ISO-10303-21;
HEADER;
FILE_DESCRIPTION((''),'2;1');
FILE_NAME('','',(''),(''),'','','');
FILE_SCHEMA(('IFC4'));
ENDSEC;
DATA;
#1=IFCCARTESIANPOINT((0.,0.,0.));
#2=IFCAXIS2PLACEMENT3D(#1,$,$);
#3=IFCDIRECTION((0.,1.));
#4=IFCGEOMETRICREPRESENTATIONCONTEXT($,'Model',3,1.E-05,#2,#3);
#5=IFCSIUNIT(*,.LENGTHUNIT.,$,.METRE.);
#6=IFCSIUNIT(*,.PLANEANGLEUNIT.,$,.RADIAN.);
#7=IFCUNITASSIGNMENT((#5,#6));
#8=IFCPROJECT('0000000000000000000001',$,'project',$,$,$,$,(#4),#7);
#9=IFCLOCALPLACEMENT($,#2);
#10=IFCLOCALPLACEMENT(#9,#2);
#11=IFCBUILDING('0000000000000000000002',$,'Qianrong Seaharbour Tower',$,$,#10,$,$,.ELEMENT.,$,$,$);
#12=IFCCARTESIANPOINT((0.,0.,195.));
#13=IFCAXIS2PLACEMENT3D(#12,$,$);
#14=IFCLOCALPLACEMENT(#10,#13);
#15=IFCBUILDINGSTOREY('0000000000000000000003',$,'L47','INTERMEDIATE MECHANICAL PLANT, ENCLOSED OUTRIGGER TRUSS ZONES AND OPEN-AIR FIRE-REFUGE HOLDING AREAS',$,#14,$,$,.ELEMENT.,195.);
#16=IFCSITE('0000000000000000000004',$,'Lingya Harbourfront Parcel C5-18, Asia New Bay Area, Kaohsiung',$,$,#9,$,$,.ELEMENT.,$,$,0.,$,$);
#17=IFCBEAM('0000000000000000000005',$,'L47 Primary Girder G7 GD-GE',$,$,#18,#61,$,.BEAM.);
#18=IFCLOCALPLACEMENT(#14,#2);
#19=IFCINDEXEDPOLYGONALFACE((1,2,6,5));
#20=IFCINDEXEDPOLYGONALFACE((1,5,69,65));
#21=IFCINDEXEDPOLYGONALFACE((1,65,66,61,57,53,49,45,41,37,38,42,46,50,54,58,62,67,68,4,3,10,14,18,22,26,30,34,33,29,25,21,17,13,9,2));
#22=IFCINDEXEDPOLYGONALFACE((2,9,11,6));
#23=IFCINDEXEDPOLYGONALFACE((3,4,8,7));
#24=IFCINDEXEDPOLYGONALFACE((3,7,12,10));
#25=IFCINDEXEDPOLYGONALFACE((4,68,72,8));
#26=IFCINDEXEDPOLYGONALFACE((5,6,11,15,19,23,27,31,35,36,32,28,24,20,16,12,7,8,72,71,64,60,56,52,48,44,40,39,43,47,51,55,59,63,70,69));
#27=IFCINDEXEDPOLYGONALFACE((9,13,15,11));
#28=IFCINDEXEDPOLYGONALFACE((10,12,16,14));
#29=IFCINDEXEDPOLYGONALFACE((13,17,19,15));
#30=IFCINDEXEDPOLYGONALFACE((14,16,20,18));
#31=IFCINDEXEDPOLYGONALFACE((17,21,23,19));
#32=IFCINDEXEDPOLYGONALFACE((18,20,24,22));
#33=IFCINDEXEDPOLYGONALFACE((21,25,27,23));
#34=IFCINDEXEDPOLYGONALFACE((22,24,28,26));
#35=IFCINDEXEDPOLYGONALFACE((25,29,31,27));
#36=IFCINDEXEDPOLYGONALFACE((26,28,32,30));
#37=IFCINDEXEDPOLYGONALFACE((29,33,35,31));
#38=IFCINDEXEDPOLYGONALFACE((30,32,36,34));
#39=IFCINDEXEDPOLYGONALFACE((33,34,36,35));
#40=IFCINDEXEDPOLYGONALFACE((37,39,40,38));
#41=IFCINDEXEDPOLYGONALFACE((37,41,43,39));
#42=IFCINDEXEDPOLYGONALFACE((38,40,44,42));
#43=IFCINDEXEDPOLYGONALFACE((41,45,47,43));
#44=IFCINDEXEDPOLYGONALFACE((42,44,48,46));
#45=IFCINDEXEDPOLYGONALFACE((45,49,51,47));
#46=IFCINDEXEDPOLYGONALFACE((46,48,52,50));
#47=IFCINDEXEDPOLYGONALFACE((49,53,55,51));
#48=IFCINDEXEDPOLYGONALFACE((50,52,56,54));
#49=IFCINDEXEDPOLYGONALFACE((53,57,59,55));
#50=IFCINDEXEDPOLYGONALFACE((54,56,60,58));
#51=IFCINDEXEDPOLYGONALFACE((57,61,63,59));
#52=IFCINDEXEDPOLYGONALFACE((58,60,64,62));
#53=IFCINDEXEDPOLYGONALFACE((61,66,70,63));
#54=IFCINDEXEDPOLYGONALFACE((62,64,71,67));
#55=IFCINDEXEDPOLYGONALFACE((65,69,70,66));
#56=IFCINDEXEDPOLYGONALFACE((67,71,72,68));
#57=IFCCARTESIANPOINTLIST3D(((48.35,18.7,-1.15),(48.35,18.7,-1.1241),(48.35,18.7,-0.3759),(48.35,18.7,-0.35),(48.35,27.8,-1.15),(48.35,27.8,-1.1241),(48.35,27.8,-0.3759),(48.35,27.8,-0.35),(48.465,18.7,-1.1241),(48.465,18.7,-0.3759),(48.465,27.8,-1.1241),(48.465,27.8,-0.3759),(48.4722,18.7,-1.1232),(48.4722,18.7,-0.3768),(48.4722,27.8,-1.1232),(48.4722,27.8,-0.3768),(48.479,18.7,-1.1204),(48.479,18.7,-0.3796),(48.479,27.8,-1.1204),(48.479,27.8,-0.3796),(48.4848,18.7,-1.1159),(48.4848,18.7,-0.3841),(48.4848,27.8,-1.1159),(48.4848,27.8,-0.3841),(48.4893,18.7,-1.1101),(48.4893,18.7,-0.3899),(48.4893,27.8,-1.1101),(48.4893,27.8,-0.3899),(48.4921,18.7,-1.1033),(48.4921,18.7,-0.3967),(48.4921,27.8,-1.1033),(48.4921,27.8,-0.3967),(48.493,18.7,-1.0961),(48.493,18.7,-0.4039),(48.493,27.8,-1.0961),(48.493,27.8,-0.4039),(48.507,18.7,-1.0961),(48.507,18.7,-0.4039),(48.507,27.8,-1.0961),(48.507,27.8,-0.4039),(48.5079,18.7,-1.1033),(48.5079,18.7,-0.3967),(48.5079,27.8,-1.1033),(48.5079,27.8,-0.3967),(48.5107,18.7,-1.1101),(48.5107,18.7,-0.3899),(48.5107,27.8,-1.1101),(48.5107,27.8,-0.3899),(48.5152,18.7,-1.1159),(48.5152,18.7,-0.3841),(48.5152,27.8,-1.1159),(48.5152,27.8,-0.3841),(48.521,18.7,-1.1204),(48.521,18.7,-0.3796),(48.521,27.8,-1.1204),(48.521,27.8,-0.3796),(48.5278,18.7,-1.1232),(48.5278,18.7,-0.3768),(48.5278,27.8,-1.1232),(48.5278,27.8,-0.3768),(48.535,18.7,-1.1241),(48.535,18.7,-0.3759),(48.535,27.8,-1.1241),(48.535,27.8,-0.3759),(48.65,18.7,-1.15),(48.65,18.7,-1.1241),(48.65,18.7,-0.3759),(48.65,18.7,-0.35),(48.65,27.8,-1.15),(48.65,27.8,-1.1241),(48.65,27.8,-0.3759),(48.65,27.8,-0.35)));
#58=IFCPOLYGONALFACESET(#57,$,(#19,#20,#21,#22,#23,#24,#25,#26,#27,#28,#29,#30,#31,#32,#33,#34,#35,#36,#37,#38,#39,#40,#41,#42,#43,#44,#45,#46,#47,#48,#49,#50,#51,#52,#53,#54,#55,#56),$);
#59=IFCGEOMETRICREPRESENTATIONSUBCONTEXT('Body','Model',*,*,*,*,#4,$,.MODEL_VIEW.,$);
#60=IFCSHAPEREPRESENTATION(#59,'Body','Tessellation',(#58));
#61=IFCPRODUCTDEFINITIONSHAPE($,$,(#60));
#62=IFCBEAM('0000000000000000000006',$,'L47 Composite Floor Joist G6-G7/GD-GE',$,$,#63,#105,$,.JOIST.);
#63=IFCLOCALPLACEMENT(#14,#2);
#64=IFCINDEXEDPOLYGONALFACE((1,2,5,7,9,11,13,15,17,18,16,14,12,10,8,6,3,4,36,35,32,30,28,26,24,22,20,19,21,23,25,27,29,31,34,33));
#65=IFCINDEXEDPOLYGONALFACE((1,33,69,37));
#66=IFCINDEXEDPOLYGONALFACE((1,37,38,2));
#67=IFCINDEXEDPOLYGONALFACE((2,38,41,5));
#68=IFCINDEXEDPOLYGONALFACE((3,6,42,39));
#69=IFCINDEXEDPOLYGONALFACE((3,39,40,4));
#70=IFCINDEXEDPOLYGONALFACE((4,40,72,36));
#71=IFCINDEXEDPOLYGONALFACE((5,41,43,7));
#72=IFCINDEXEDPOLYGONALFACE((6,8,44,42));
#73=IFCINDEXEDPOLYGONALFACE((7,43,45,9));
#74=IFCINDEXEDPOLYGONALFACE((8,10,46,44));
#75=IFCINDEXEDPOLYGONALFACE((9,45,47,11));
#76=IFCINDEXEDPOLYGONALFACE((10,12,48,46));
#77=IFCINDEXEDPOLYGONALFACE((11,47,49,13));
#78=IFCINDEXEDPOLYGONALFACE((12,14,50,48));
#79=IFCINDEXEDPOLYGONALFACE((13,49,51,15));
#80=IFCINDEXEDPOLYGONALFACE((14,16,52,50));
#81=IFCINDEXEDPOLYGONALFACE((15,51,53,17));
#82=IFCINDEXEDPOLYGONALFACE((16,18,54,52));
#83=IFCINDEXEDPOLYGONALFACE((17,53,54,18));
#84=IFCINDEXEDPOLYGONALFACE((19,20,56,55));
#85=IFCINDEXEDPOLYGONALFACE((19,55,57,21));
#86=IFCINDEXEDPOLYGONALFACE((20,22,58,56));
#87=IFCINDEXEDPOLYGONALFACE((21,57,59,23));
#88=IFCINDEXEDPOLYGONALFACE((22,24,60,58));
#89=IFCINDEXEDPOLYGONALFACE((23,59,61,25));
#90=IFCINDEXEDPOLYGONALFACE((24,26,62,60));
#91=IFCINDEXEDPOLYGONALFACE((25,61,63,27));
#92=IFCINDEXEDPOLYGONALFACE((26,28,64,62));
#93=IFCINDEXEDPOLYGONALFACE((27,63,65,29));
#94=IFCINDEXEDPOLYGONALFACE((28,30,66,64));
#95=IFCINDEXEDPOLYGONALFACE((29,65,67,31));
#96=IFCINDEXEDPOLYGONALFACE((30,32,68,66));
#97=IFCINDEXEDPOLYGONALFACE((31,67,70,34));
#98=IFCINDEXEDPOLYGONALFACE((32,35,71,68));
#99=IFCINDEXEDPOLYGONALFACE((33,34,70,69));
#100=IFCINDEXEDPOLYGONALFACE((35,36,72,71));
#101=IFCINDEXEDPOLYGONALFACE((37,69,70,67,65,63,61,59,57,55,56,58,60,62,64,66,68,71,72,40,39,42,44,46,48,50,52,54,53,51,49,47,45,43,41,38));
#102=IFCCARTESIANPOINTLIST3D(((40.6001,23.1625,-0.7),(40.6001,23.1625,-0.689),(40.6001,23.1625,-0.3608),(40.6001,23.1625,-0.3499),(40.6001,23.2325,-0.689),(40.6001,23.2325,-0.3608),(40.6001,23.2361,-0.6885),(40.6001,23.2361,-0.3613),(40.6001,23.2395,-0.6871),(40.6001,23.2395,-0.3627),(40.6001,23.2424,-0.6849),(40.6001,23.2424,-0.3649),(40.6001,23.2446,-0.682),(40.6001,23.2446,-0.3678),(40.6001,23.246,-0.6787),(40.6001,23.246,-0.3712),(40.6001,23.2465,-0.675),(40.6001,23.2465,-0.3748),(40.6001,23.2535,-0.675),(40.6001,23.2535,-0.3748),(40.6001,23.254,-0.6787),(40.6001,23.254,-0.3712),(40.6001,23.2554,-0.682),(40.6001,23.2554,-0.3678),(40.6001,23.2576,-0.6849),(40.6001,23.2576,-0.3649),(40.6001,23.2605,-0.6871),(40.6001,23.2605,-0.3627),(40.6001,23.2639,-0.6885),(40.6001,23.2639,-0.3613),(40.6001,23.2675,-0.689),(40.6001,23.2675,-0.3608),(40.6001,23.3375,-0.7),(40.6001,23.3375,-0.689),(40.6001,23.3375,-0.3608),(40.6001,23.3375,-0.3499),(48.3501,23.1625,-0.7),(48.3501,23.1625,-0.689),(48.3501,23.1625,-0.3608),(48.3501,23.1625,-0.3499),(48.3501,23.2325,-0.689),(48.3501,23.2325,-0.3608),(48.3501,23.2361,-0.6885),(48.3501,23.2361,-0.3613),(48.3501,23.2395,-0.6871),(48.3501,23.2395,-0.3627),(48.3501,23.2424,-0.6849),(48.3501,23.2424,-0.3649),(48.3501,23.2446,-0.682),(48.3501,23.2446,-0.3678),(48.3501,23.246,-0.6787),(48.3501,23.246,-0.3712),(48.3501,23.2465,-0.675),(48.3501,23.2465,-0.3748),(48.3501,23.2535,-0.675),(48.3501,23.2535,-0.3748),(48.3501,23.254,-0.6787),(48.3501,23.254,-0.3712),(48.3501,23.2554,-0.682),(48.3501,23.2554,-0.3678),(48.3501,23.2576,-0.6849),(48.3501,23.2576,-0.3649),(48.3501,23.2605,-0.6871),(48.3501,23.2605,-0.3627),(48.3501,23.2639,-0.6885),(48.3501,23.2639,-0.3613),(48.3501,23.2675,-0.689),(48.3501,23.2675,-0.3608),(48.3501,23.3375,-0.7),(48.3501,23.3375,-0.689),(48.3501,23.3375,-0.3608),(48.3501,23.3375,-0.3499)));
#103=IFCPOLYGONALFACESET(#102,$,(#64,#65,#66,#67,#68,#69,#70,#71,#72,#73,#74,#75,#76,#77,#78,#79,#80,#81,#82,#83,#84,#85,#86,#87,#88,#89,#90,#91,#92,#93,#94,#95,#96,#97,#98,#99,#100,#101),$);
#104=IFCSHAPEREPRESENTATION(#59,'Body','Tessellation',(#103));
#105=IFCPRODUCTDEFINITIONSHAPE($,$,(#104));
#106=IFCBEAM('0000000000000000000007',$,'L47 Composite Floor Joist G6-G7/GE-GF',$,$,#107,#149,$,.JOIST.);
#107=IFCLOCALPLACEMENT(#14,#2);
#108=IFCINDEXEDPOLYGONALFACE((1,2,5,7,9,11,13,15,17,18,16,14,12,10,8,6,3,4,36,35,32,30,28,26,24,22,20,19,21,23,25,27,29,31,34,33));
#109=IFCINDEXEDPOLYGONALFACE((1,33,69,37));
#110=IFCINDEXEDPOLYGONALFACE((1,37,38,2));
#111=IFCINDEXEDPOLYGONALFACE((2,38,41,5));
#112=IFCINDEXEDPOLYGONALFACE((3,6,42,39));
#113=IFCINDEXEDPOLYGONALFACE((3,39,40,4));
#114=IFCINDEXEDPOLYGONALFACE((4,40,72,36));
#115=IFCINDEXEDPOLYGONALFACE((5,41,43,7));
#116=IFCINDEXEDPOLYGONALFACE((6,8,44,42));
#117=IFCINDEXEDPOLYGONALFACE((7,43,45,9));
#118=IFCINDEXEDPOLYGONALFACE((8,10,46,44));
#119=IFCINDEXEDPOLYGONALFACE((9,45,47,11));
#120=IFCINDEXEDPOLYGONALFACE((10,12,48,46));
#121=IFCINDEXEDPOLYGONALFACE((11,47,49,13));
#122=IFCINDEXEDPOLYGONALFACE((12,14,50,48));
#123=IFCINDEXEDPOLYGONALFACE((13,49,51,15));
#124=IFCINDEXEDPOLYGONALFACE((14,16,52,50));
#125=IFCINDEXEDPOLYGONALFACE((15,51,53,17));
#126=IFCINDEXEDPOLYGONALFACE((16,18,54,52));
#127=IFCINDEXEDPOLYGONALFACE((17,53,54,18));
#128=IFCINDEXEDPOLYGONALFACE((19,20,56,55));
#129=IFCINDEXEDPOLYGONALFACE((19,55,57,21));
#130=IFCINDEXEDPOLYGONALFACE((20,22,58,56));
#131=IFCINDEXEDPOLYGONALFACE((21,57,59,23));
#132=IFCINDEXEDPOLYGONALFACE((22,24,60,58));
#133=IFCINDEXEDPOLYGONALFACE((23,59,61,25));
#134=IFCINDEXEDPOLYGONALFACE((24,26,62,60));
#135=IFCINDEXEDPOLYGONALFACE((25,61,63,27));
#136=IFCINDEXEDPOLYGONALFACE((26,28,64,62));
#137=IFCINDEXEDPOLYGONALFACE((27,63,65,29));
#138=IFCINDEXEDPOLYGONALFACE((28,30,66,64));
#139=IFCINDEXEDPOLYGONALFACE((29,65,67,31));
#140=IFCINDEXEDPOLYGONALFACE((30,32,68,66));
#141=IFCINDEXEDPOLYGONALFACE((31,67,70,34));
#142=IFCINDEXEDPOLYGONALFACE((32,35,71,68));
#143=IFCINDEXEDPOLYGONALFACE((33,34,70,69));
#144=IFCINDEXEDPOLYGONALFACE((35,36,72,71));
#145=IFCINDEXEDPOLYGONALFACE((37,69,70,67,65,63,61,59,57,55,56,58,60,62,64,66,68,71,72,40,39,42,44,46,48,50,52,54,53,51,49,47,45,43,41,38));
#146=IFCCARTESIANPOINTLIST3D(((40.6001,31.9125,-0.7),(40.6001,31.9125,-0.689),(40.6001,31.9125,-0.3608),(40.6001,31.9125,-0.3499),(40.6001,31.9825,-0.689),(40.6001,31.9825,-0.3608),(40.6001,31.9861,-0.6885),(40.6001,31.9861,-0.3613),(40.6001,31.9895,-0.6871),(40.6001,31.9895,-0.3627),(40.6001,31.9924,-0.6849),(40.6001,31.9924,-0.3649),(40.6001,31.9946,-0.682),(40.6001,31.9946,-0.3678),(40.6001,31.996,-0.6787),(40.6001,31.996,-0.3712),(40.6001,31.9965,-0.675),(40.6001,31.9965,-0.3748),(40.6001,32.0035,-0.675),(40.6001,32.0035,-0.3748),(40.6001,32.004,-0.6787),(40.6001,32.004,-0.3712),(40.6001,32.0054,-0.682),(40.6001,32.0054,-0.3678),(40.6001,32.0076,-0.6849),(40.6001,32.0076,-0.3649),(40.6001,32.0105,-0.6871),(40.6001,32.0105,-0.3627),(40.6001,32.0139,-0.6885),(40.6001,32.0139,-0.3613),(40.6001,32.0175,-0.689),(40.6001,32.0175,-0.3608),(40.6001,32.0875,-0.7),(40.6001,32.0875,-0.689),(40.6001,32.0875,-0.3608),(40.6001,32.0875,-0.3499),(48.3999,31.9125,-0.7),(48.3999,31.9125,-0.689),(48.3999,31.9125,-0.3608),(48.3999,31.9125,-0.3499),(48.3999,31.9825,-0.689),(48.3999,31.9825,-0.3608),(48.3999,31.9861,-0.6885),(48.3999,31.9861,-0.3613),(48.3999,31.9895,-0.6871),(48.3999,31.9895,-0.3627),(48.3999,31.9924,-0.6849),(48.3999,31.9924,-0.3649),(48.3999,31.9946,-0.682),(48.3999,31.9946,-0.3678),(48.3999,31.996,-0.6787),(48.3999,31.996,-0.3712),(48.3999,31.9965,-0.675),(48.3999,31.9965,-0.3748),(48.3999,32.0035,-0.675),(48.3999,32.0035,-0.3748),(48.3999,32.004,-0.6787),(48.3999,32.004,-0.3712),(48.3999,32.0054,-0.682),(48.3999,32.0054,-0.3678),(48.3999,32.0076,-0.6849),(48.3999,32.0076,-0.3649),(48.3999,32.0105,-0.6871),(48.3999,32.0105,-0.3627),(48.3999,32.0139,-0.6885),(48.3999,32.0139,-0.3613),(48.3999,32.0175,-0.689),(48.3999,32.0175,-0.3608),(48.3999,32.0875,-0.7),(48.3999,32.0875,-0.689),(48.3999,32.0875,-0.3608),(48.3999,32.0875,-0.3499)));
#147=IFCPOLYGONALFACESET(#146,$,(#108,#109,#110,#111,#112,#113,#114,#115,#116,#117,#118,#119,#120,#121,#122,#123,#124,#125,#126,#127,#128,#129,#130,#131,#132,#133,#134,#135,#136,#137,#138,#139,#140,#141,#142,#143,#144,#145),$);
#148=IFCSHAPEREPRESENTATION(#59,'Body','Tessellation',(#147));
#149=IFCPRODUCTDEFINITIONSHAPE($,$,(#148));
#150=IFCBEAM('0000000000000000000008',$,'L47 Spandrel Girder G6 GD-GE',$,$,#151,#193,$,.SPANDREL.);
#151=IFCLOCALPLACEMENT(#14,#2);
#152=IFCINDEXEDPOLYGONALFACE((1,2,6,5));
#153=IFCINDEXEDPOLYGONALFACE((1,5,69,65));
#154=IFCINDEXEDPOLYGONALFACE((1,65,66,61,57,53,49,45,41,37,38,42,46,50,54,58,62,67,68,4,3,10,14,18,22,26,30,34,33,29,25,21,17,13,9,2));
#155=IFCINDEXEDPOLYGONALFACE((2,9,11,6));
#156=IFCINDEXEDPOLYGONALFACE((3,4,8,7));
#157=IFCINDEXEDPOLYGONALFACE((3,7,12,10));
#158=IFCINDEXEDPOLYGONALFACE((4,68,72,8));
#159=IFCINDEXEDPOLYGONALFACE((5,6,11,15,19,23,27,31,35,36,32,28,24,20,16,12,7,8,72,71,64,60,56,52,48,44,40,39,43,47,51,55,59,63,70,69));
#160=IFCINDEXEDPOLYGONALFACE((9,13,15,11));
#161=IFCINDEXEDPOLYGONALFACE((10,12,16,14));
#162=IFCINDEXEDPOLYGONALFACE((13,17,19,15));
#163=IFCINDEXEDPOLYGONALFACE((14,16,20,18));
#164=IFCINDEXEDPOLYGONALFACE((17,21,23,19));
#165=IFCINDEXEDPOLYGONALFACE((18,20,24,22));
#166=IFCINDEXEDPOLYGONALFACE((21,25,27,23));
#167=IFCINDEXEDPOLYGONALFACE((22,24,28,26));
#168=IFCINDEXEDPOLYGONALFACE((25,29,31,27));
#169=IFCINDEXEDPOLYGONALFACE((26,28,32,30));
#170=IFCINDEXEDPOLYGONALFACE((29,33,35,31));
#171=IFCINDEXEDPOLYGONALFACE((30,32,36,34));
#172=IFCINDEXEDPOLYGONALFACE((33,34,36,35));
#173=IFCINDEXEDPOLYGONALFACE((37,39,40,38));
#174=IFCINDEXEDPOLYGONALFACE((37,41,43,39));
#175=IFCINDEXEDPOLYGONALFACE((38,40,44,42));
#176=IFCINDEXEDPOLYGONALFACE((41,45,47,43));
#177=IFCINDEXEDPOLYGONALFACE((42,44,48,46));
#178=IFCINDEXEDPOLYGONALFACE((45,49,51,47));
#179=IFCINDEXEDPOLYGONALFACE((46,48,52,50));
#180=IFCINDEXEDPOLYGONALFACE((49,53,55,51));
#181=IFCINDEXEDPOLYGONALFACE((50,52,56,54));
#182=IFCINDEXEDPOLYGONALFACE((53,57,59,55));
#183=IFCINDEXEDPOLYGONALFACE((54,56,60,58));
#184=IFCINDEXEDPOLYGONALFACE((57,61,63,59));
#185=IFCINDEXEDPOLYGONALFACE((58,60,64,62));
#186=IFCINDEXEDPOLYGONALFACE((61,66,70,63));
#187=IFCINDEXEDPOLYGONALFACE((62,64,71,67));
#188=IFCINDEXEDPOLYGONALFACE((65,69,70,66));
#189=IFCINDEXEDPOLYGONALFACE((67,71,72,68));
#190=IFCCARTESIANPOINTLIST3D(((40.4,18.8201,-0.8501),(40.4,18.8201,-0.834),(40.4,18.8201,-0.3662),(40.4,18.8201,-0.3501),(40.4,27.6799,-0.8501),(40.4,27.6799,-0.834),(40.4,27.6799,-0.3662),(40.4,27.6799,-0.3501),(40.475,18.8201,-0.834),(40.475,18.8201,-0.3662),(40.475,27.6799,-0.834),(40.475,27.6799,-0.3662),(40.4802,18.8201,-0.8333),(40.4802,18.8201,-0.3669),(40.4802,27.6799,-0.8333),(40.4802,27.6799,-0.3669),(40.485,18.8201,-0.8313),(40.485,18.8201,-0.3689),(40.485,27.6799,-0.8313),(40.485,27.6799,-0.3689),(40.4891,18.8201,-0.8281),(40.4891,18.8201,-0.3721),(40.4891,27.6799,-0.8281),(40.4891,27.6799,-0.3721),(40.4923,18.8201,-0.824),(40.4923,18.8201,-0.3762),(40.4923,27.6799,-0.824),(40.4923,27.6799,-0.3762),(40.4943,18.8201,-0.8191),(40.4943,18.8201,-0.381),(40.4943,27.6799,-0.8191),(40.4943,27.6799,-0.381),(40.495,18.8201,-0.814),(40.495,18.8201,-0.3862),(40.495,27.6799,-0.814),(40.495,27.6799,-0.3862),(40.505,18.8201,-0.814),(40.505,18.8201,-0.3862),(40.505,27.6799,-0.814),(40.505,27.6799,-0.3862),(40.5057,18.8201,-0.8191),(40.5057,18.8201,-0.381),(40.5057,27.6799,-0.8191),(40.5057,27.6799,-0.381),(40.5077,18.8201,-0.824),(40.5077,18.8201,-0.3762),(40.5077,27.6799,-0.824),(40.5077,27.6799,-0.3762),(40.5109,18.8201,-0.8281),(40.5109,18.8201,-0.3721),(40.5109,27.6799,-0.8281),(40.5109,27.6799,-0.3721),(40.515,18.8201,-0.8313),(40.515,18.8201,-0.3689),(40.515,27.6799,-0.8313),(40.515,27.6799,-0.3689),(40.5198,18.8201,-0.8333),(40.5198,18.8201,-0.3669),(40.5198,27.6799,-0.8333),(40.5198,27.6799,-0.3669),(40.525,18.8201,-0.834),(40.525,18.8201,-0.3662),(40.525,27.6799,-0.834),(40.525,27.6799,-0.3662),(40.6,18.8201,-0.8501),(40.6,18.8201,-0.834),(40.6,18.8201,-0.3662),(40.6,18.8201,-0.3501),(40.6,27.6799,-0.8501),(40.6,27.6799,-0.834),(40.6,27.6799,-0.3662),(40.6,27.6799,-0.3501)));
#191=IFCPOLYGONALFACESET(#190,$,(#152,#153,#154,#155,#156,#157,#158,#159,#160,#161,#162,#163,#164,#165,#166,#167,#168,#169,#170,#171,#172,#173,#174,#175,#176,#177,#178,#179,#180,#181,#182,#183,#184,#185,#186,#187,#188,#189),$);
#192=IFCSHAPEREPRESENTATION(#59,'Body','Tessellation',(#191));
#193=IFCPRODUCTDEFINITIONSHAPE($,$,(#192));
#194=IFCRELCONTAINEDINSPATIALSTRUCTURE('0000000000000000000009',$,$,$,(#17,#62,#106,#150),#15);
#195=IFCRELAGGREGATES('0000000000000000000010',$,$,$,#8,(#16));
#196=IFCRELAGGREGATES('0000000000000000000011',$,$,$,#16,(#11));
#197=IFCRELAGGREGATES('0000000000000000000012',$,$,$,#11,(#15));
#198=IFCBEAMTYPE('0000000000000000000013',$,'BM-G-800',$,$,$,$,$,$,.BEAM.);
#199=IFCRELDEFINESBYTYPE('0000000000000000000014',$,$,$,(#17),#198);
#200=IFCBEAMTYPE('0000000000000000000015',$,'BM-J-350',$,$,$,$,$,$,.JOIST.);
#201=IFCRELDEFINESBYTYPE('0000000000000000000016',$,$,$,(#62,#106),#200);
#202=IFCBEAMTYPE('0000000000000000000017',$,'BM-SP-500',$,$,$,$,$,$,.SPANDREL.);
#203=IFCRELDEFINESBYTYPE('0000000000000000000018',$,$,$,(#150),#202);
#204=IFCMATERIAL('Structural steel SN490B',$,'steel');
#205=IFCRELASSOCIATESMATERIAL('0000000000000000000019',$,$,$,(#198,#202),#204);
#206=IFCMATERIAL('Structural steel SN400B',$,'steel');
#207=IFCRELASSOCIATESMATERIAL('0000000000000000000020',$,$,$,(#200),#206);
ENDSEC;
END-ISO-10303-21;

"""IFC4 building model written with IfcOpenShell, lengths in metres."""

from ifc_helpers import new_model, si_unit, direction, frame, origin, origin_2d, place, context, subcontext, project, spatial, i_section, extrude, material, material_profile, profile_set, type_object, element, save


model = new_model("IFC4")

# Units and contexts
model_context = context("Model", 3, precision=1e-05, world=origin(), true_north=direction((0.0, 1.0)))
body_context = subcontext(model_context, "Body", "Model", "MODEL_VIEW")
ifc_project = project(units=[si_unit("LENGTHUNIT", "METRE"), si_unit("PLANEANGLEUNIT", "RADIAN")], contexts=[model_context])

# Site, building, storey
site_placement = place(None, origin())
site = spatial("IfcSite", under=ifc_project, at=site_placement, Name="Lingya Harbourfront Parcel C5-18, Asia New Bay Area, Kaohsiung", CompositionType="ELEMENT", RefElevation=0.0)
building_placement = place(site_placement, origin())
building = spatial("IfcBuilding", under=site, at=building_placement, Name="Qianrong Seaharbour Tower", CompositionType="ELEMENT")
storey_placement = place(building_placement, frame((0.0, 0.0, 195.0)))
storey = spatial("IfcBuildingStorey", under=building, at=storey_placement, Name="L47", Description="INTERMEDIATE MECHANICAL PLANT, ENCLOSED OUTRIGGER TRUSS ZONES AND OPEN-AIR FIRE-REFUGE HOLDING AREAS", CompositionType="ELEMENT", Elevation=195.0)

# Shared definitions
ifc_material_1 = material(Name="Structural steel SN490B", Category="steel")

# Beams
ifc_material_profile_1 = material_profile(ifc_material_1, i_section(OverallWidth=0.3, OverallDepth=0.8, WebThickness=0.0139, FlangeThickness=0.0259, FilletRadius=0.0281, at=origin_2d()), Name="H800x300x14x26")
ifc_profile_set_1 = profile_set([ifc_material_profile_1], Name="Structural steel SN490B")
beam_type_1 = type_object("IfcBeamType", Name="BM-G-800", PredefinedType="BEAM", material=ifc_profile_set_1)
beam_1_placement = place(storey_placement, frame((48.5, 18.7, -0.75), z_axis=(0.0, 1.0, 0.0), x_axis=(-1.0, 0.0, 0.0)))
element("IfcBeam", 1, at=beam_1_placement, inside=storey, type_object=beam_type_1, Name="L47 Primary Girder G7 GD-GE", PredefinedType="BEAM", context=body_context, shape_type="SweptSolid", body=[
    extrude(i_section(OverallWidth=0.3, OverallDepth=0.8, WebThickness=0.0139, FlangeThickness=0.0259, FilletRadius=0.0281, at=origin_2d()), origin(), (0.0, 0.0, 1.0), 9.1001),
])
ifc_material_2 = material(Name="Structural steel SN400B", Category="steel")
ifc_material_profile_2 = material_profile(ifc_material_2, i_section(OverallWidth=0.175, OverallDepth=0.3501, WebThickness=0.0071, FlangeThickness=0.011, FilletRadius=0.0139, at=origin_2d()), Name="H350x175x7x11")
ifc_profile_set_2 = profile_set([ifc_material_profile_2], Name="Structural steel SN400B")
beam_type_2 = type_object("IfcBeamType", Name="BM-J-350", PredefinedType="JOIST", material=ifc_profile_set_2)
beam_2_placement = place(storey_placement, frame((40.6001, 23.25, -0.5249), z_axis=(1.0, 0.0, 0.0), x_axis=(0.0, 1.0, 0.0)))
element("IfcBeam", 2, at=beam_2_placement, inside=storey, type_object=beam_type_2, Name="L47 Composite Floor Joist G6-G7/GD-GE", PredefinedType="JOIST", context=body_context, shape_type="SweptSolid", body=[
    extrude(i_section(OverallWidth=0.175, OverallDepth=0.3501, WebThickness=0.0071, FlangeThickness=0.011, FilletRadius=0.0139, at=origin_2d()), origin(), (0.0, 0.0, 1.0), 7.75),
])
beam_3_placement = place(storey_placement, frame((40.6001, 32.0, -0.5249), z_axis=(1.0, 0.0, 0.0), x_axis=(0.0, 1.0, 0.0)))
element("IfcBeam", 3, at=beam_3_placement, inside=storey, type_object=beam_type_2, Name="L47 Composite Floor Joist G6-G7/GE-GF", PredefinedType="JOIST", context=body_context, shape_type="SweptSolid", body=[
    extrude(i_section(OverallWidth=0.175, OverallDepth=0.3501, WebThickness=0.0071, FlangeThickness=0.011, FilletRadius=0.0139, at=origin_2d()), origin(), (0.0, 0.0, 1.0), 7.7998),
])
ifc_material_profile_3 = material_profile(ifc_material_1, i_section(OverallWidth=0.2, OverallDepth=0.5, WebThickness=0.01, FlangeThickness=0.0161, FilletRadius=0.02, at=origin_2d()), Name="H500x200x10x16")
ifc_profile_set_3 = profile_set([ifc_material_profile_3], Name="Structural steel SN490B")
beam_type_3 = type_object("IfcBeamType", Name="BM-SP-500", PredefinedType="SPANDREL", material=ifc_profile_set_3)
beam_4_placement = place(storey_placement, frame((40.5, 18.8201, -0.6001), z_axis=(0.0, 1.0, 0.0), x_axis=(-1.0, 0.0, 0.0)))
element("IfcBeam", 4, at=beam_4_placement, inside=storey, type_object=beam_type_3, Name="L47 Spandrel Girder G6 GD-GE", PredefinedType="SPANDREL", context=body_context, shape_type="SweptSolid", body=[
    extrude(i_section(OverallWidth=0.2, OverallDepth=0.5, WebThickness=0.01, FlangeThickness=0.0161, FilletRadius=0.02, at=origin_2d()), origin(), (0.0, 0.0, 1.0), 8.8599),
])

save(model, "model.ifc")
